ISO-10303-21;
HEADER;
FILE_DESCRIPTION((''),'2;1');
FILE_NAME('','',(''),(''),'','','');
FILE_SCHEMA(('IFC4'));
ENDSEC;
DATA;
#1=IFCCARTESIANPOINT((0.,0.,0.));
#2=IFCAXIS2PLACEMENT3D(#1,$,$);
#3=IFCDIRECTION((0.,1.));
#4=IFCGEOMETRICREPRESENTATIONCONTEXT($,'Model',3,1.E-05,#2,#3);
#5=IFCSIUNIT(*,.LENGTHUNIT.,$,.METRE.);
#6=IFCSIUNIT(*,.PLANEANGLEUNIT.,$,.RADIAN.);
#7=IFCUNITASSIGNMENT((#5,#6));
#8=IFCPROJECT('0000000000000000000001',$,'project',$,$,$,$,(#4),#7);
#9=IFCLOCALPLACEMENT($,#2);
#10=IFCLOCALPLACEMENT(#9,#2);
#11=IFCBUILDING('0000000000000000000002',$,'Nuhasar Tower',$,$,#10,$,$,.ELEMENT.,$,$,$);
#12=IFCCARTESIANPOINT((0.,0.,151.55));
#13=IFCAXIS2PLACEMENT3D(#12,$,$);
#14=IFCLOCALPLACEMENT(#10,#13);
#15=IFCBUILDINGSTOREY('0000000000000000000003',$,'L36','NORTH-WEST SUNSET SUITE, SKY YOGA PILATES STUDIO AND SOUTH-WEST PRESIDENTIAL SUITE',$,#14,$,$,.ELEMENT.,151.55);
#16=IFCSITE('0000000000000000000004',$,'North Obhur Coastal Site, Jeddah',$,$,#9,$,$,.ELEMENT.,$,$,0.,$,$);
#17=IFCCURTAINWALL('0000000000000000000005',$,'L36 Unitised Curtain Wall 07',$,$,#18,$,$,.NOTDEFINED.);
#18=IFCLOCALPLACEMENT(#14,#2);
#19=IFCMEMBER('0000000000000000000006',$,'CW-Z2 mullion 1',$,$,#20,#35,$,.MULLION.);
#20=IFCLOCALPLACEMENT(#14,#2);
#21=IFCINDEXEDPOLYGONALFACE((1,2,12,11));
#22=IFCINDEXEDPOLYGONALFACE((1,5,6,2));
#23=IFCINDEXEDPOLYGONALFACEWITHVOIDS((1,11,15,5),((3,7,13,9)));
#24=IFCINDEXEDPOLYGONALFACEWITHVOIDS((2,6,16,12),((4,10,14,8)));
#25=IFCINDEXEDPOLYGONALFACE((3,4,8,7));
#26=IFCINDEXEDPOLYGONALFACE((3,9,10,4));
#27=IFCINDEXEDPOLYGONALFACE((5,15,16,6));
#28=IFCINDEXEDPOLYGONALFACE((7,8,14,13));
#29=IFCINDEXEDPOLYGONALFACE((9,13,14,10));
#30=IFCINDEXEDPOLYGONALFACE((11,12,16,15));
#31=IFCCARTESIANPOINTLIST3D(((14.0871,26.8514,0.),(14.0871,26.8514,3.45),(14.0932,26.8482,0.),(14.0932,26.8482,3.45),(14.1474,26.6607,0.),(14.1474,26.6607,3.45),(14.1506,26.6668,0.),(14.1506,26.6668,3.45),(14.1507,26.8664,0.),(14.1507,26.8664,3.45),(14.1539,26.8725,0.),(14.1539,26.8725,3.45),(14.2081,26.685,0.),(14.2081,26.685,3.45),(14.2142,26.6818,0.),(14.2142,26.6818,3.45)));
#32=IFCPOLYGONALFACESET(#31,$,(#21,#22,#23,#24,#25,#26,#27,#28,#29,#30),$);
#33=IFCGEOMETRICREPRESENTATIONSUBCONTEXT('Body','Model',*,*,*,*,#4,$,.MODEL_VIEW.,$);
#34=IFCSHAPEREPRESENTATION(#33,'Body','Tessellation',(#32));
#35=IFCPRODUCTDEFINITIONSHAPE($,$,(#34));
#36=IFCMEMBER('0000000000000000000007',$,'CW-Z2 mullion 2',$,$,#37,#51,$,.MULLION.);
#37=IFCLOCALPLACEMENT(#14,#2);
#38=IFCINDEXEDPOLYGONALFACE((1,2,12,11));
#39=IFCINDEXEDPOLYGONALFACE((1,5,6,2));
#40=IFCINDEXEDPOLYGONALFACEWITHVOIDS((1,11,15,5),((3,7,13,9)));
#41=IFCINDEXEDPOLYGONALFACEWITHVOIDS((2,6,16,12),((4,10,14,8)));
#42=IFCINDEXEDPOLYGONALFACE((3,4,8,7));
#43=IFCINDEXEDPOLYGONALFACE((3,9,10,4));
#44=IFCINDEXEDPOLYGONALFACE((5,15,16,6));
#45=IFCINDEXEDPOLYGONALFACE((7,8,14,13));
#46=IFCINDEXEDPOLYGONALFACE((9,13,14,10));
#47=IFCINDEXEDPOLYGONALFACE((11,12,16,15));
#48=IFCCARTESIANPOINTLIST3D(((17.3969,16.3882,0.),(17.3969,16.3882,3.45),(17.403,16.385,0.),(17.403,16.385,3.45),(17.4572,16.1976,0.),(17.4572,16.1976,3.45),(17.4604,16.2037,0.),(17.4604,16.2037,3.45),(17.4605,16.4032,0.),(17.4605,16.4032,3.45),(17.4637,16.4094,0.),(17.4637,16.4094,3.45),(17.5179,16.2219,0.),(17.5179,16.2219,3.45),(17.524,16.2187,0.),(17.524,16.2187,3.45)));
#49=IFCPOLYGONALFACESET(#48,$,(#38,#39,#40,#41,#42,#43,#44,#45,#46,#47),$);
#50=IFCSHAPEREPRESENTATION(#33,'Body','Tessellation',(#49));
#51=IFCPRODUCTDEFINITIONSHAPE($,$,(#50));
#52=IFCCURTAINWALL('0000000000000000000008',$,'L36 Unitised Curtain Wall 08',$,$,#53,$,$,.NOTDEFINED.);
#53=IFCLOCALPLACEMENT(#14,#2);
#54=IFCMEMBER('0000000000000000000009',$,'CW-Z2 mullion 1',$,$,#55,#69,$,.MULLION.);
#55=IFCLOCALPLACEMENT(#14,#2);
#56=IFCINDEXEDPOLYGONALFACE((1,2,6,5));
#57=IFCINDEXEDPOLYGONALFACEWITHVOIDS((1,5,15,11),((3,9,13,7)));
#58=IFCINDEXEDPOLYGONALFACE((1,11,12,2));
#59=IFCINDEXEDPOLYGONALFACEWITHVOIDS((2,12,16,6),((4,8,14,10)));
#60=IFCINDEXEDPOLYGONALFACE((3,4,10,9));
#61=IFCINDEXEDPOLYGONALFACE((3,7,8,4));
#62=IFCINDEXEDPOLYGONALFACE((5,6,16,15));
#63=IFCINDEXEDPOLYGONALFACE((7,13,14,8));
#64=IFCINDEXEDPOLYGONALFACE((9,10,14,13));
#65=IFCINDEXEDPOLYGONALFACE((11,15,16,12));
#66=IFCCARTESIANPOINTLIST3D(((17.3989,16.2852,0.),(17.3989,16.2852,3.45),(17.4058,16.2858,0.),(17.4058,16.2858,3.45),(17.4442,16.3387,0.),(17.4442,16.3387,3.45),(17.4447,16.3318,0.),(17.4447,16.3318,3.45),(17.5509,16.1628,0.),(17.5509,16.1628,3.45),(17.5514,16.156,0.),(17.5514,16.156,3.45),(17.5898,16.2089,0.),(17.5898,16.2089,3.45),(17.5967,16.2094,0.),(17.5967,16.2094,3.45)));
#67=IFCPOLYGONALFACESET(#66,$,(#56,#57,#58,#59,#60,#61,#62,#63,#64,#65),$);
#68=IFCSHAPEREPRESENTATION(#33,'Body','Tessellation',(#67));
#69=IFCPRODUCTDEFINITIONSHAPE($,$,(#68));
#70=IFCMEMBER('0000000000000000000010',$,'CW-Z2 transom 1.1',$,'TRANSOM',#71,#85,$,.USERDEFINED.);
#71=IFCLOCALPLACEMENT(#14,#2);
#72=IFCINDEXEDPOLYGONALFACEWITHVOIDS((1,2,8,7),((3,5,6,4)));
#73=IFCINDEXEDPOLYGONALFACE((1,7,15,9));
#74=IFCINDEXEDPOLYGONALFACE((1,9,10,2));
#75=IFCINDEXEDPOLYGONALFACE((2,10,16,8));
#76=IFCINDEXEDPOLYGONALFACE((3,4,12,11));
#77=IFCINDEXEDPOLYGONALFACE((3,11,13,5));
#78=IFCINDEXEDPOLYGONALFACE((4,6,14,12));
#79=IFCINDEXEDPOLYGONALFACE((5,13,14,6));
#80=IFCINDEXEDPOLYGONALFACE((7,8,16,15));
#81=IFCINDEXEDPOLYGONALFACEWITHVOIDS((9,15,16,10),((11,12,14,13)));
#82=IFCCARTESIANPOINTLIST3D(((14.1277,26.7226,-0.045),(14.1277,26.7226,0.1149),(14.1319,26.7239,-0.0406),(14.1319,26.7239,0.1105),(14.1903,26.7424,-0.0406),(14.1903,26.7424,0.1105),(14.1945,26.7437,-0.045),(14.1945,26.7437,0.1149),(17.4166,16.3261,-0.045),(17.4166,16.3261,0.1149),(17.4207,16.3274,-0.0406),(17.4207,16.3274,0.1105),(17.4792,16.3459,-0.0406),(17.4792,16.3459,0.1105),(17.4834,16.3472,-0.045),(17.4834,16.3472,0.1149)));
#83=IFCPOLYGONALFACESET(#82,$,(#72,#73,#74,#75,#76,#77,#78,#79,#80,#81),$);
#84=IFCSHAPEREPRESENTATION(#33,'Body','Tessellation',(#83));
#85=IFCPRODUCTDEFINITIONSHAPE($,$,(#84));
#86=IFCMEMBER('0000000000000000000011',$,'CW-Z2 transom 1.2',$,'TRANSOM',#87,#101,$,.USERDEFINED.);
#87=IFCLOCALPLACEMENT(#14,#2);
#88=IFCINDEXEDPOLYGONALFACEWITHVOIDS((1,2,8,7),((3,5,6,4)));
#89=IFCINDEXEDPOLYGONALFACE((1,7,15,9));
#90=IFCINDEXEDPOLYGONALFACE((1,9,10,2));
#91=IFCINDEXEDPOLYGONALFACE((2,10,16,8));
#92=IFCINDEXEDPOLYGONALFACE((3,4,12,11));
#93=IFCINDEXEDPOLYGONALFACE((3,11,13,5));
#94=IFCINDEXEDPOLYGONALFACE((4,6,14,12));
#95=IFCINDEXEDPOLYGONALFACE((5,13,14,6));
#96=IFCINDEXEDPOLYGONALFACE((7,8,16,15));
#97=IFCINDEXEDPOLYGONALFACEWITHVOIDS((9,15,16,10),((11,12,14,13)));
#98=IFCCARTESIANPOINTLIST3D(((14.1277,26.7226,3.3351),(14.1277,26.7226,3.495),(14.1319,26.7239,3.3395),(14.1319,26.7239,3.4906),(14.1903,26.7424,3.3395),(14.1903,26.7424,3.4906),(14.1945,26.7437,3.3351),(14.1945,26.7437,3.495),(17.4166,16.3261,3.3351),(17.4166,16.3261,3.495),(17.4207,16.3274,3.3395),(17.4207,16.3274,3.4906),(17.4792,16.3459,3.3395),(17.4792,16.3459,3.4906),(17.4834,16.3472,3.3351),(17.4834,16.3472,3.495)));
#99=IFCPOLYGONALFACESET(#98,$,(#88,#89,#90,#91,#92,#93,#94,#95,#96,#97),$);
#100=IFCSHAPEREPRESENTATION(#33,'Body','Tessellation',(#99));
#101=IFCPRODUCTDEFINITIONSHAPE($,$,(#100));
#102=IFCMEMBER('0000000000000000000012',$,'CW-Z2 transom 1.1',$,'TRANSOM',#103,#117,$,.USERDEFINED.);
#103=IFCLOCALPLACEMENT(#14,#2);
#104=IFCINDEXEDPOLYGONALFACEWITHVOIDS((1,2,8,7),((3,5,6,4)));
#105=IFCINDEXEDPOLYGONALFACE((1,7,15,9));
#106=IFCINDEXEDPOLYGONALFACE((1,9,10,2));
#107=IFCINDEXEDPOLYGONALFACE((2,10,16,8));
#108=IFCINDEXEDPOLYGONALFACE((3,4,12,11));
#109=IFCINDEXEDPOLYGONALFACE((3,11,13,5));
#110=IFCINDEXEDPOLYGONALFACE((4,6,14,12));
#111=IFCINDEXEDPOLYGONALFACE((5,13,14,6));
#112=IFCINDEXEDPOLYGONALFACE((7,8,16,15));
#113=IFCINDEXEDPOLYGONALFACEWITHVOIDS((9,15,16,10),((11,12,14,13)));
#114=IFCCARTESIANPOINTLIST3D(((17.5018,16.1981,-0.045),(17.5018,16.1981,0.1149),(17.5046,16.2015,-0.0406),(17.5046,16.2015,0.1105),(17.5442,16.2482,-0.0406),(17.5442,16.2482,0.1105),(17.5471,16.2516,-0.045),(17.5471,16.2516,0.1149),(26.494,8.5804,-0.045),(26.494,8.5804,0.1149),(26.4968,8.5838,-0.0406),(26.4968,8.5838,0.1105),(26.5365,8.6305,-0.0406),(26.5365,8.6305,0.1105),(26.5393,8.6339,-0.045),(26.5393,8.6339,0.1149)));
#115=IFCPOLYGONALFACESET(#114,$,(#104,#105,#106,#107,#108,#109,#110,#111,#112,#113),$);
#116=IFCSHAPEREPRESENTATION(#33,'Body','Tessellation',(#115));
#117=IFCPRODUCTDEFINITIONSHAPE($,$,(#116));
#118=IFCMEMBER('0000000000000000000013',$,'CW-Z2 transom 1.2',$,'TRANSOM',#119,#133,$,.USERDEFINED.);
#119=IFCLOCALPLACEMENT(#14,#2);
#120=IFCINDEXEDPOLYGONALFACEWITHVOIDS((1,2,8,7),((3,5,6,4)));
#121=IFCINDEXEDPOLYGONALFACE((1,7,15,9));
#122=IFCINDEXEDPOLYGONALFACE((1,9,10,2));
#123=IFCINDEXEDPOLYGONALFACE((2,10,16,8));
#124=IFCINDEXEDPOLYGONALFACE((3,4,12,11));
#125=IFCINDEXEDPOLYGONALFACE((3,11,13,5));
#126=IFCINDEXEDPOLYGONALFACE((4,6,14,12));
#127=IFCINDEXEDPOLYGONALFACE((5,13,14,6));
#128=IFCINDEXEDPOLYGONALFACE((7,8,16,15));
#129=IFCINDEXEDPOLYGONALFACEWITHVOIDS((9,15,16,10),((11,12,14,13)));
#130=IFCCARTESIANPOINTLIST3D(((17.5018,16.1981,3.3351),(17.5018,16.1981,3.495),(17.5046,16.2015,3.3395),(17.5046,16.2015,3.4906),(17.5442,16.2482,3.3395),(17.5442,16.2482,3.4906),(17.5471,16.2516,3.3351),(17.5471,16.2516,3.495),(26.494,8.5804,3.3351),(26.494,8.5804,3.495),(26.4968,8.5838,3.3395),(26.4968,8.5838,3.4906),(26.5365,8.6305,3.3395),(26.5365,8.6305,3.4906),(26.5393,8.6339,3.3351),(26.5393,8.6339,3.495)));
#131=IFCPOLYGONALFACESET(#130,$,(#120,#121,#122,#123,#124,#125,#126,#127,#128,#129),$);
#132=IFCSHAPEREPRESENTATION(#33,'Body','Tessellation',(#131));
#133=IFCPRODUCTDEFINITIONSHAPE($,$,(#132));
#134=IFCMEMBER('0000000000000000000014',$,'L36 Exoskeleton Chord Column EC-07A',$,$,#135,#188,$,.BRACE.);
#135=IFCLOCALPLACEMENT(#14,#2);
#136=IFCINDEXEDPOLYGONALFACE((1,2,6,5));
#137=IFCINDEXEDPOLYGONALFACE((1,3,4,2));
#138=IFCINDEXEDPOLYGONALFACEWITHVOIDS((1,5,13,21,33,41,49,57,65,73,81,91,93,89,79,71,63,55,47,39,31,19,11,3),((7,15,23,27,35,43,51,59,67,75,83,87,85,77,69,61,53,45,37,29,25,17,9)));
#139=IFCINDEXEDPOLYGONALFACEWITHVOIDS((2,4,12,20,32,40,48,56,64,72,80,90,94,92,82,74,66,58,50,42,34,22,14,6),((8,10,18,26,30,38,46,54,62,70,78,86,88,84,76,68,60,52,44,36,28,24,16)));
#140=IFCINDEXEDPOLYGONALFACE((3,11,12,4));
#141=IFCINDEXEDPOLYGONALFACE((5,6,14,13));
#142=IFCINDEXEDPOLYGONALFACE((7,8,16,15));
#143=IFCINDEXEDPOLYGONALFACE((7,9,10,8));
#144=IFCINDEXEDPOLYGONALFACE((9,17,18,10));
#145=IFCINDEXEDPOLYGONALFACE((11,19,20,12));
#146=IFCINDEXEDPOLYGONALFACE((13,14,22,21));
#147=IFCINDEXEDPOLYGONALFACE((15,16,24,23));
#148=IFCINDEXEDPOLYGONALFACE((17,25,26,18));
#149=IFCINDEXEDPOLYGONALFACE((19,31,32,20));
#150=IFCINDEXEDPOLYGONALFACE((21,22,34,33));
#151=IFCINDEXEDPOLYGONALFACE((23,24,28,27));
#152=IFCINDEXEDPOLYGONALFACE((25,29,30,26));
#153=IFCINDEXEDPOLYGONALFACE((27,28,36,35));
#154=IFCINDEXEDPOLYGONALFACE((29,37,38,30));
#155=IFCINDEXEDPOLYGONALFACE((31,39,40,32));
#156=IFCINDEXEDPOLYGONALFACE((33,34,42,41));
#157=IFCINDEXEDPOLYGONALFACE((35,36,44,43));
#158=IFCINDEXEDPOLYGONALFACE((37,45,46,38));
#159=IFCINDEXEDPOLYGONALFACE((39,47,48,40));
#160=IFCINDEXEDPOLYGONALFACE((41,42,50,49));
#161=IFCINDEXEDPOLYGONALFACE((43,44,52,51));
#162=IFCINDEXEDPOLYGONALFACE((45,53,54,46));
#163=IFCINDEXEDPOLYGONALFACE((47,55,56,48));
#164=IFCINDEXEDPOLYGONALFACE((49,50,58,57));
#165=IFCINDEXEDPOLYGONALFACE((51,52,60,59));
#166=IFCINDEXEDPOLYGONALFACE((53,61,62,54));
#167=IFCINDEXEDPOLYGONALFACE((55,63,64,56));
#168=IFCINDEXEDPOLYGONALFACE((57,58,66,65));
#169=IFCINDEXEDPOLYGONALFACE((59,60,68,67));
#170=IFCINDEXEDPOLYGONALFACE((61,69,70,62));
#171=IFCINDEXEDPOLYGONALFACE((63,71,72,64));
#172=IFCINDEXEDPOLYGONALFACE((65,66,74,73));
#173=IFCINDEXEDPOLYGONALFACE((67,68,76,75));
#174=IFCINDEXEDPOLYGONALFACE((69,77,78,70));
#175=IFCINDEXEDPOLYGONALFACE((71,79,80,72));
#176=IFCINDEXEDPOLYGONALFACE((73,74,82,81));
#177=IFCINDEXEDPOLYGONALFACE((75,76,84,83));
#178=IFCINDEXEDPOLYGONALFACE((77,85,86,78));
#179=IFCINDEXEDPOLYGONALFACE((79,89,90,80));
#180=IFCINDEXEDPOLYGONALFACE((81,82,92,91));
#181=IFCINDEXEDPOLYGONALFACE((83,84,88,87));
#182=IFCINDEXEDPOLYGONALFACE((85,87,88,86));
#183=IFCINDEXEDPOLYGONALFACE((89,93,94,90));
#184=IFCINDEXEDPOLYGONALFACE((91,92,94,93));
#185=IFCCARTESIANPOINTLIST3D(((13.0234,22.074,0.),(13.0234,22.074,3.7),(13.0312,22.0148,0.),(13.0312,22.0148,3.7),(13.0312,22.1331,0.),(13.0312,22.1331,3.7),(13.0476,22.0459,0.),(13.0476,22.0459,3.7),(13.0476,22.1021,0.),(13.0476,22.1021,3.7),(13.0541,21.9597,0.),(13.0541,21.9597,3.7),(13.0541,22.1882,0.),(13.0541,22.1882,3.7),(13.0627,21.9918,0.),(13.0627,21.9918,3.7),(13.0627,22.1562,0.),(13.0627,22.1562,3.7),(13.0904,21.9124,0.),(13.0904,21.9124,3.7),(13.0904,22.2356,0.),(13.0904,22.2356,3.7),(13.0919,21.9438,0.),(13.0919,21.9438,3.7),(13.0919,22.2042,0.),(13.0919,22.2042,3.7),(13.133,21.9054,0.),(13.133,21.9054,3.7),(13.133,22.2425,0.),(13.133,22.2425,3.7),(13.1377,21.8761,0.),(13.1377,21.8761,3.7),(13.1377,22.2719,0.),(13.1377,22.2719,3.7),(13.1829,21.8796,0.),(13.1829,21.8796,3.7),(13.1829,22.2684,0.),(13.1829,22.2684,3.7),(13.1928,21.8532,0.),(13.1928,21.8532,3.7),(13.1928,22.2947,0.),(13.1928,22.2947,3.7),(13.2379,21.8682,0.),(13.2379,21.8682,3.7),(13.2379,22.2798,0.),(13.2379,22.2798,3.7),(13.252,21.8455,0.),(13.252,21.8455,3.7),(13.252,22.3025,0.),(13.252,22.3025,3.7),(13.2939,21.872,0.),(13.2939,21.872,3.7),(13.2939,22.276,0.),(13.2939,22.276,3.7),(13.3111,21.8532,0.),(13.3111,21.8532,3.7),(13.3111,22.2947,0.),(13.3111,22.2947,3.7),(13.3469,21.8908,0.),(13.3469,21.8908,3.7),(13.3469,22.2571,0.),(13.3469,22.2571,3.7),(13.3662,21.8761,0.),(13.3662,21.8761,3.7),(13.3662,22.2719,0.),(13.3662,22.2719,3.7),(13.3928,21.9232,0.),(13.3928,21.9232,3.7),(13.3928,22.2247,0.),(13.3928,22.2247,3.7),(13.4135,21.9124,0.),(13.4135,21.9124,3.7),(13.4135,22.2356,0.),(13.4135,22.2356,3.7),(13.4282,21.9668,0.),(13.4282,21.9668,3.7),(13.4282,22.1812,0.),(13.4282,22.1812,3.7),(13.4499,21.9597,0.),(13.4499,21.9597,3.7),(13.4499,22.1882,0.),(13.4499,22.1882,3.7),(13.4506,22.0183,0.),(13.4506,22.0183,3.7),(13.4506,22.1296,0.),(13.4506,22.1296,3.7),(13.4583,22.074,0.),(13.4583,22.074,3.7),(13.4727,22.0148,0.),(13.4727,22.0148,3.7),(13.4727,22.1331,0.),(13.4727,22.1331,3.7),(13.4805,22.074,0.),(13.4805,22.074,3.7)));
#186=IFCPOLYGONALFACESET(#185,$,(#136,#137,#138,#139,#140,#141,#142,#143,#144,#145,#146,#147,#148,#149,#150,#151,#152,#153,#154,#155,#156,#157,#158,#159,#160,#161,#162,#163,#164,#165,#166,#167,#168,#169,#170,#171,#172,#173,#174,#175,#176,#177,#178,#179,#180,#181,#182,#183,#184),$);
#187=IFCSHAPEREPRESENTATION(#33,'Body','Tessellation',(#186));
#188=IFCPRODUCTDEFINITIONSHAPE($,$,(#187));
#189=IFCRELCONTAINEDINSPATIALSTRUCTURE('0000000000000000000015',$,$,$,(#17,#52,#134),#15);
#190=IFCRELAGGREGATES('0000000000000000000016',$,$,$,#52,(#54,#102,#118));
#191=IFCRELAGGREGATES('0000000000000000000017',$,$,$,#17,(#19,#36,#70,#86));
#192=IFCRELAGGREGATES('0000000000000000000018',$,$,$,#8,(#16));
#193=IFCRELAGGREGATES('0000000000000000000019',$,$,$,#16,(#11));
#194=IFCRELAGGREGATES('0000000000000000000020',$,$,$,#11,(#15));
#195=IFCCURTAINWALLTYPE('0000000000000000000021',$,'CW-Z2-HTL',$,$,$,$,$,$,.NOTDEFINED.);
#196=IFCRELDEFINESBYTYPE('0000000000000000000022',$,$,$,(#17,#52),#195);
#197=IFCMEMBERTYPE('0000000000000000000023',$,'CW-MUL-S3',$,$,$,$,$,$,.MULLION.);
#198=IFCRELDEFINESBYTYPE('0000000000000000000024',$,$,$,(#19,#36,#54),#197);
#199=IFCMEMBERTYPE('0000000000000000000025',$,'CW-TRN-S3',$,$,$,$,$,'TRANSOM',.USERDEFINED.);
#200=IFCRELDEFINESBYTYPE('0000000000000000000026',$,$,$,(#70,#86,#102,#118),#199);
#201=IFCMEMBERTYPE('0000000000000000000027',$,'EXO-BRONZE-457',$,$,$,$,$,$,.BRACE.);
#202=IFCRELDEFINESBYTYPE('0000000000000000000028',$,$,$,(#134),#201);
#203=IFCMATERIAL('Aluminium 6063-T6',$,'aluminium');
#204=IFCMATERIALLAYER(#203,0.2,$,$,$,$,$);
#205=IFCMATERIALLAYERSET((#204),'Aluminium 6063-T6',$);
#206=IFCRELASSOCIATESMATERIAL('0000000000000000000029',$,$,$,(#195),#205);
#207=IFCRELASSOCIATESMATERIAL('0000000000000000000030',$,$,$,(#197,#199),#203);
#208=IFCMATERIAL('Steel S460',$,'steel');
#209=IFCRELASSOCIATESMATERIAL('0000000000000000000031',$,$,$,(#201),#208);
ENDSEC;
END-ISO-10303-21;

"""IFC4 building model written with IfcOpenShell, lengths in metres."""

from ifc_helpers import new_model, si_unit, direction, frame, origin, origin_2d, place, context, subcontext, project, spatial, hollow_rectangle, hollow_circle, extrude, material, layer, layer_set, material_profile, profile_set, type_object, element, aggregate, save


model = new_model("IFC4")

# Units and contexts
model_context = context("Model", 3, precision=1e-05, world=origin(), true_north=direction((0.0, 1.0)))
body_context = subcontext(model_context, "Body", "Model", "MODEL_VIEW")
ifc_project = project(units=[si_unit("LENGTHUNIT", "METRE"), si_unit("PLANEANGLEUNIT", "RADIAN")], contexts=[model_context])

# Site, building, storey
site_placement = place(None, origin())
site = spatial("IfcSite", under=ifc_project, at=site_placement, Name="North Obhur Coastal Site, Jeddah", CompositionType="ELEMENT", RefElevation=0.0)
building_placement = place(site_placement, origin())
building = spatial("IfcBuilding", under=site, at=building_placement, Name="Nuhasar Tower", CompositionType="ELEMENT")
storey_placement = place(building_placement, frame((0.0, 0.0, 151.55)))
storey = spatial("IfcBuildingStorey", under=building, at=storey_placement, Name="L36", Description="NORTH-WEST SUNSET SUITE, SKY YOGA PILATES STUDIO AND SOUTH-WEST PRESIDENTIAL SUITE", CompositionType="ELEMENT", Elevation=151.55)

# Curtain wall, members
ifc_material_1 = material(Name="Aluminium 6063-T6", Category="aluminium")
ifc_layer_1 = layer(ifc_material_1, 0.2)
ifc_layer_set_1 = layer_set([ifc_layer_1], Name="Aluminium 6063-T6")
curtain_wall_type = type_object("IfcCurtainWallType", Name="CW-Z2-HTL", PredefinedType="NOTDEFINED", material=ifc_layer_set_1)
curtain_wall_1_placement = place(storey_placement, origin())
curtain_wall_1 = element("IfcCurtainWall", 1, at=curtain_wall_1_placement, inside=storey, type_object=curtain_wall_type, Name="L36 Unitised Curtain Wall 07", PredefinedType="NOTDEFINED")
ifc_material_profile_1 = material_profile(ifc_material_1, hollow_rectangle(XDim=0.0701, YDim=0.2, WallThickness=0.0049, at=origin_2d()), Name="CWM-3")
ifc_profile_set_1 = profile_set([ifc_material_profile_1], Name="Aluminium 6063-T6")
member_type_1 = type_object("IfcMemberType", Name="CW-MUL-S3", PredefinedType="MULLION", material=ifc_profile_set_1)
member_1_placement = place(storey_placement, frame((14.1506, 26.7666, 0.0), z_axis=(0.0, 0.0, 1.0), x_axis=(0.953433, 0.301604, 0.0)))
member_1 = element("IfcMember", 2, at=member_1_placement, type_object=member_type_1, Name="CW-Z2 mullion 1", PredefinedType="MULLION", context=body_context, shape_type="SweptSolid", body=[
    extrude(hollow_rectangle(XDim=0.0701, YDim=0.2, WallThickness=0.0049, at=origin_2d()), origin(), (0.0, 0.0, 1.0), 3.45),
])
member_2_placement = place(storey_placement, frame((17.4604, 16.3035, 0.0), z_axis=(0.0, 0.0, 1.0), x_axis=(0.953433, 0.301604, 0.0)))
member_2 = element("IfcMember", 3, at=member_2_placement, type_object=member_type_1, Name="CW-Z2 mullion 2", PredefinedType="MULLION", context=body_context, shape_type="SweptSolid", body=[
    extrude(hollow_rectangle(XDim=0.0701, YDim=0.2, WallThickness=0.0049, at=origin_2d()), origin(), (0.0, 0.0, 1.0), 3.45),
])

# Curtain wall, member
curtain_wall_2_placement = place(storey_placement, origin())
curtain_wall_2 = element("IfcCurtainWall", 4, at=curtain_wall_2_placement, inside=storey, type_object=curtain_wall_type, Name="L36 Unitised Curtain Wall 08", PredefinedType="NOTDEFINED")
member_3_placement = place(storey_placement, frame((17.4978, 16.2473, 0.0), z_axis=(0.0, 0.0, 1.0), x_axis=(0.646374, 0.76302, 0.0)))
member_3 = element("IfcMember", 5, at=member_3_placement, type_object=member_type_1, Name="CW-Z2 mullion 1", PredefinedType="MULLION", context=body_context, shape_type="SweptSolid", body=[
    extrude(hollow_rectangle(XDim=0.0701, YDim=0.2, WallThickness=0.0049, at=origin_2d()), origin(), (0.0, 0.0, 1.0), 3.45),
])

# Members
ifc_material_profile_2 = material_profile(ifc_material_1, hollow_rectangle(XDim=0.0701, YDim=0.1599, WallThickness=0.0044, at=origin_2d()), Name="CWT-3")
ifc_profile_set_2 = profile_set([ifc_material_profile_2], Name="Aluminium 6063-T6")
member_type_2 = type_object("IfcMemberType", Name="CW-TRN-S3", ElementType="TRANSOM", PredefinedType="USERDEFINED", material=ifc_profile_set_2)
member_4_placement = place(storey_placement, frame((14.1611, 26.7332, 0.0349), z_axis=(0.301608, -0.953432, 0.0), x_axis=(0.953432, 0.301608, 0.0)))
member_4 = element("IfcMember", 6, at=member_4_placement, type_object=member_type_2, Name="CW-Z2 transom 1.1", ObjectType="TRANSOM", PredefinedType="USERDEFINED", context=body_context, shape_type="SweptSolid", body=[
    extrude(hollow_rectangle(XDim=0.0701, YDim=0.1599, WallThickness=0.0044, at=origin_2d()), origin(), (0.0, 0.0, 1.0), 10.9043),
])
member_5_placement = place(storey_placement, frame((14.1611, 26.7332, 3.415), z_axis=(0.301608, -0.953432, 0.0), x_axis=(0.953432, 0.301608, 0.0)))
member_5 = element("IfcMember", 7, at=member_5_placement, type_object=member_type_2, Name="CW-Z2 transom 1.2", ObjectType="TRANSOM", PredefinedType="USERDEFINED", context=body_context, shape_type="SweptSolid", body=[
    extrude(hollow_rectangle(XDim=0.0701, YDim=0.1599, WallThickness=0.0044, at=origin_2d()), origin(), (0.0, 0.0, 1.0), 10.9043),
])
member_6_placement = place(storey_placement, frame((17.5244, 16.2249, 0.0349), z_axis=(0.763014, -0.646382, 0.0), x_axis=(0.646382, 0.763014, 0.0)))
member_6 = element("IfcMember", 8, at=member_6_placement, type_object=member_type_2, Name="CW-Z2 transom 1.1", ObjectType="TRANSOM", PredefinedType="USERDEFINED", context=body_context, shape_type="SweptSolid", body=[
    extrude(hollow_rectangle(XDim=0.0701, YDim=0.1599, WallThickness=0.0044, at=origin_2d()), origin(), (0.0, 0.0, 1.0), 11.7852),
])
member_7_placement = place(storey_placement, frame((17.5244, 16.2249, 3.415), z_axis=(0.763014, -0.646382, 0.0), x_axis=(0.646382, 0.763014, 0.0)))
member_7 = element("IfcMember", 9, at=member_7_placement, type_object=member_type_2, Name="CW-Z2 transom 1.2", ObjectType="TRANSOM", PredefinedType="USERDEFINED", context=body_context, shape_type="SweptSolid", body=[
    extrude(hollow_rectangle(XDim=0.0701, YDim=0.1599, WallThickness=0.0044, at=origin_2d()), origin(), (0.0, 0.0, 1.0), 11.7852),
])
aggregate(curtain_wall_2, [member_3, member_6, member_7])

# Member
ifc_material_2 = material(Name="Steel S460", Category="steel")
ifc_material_profile_3 = material_profile(ifc_material_2, hollow_circle(Radius=0.2285, WallThickness=0.0222, at=origin_2d()), Name="HSS457X22.2")
ifc_profile_set_3 = profile_set([ifc_material_profile_3], Name="Steel S460")
member_type_3 = type_object("IfcMemberType", Name="EXO-BRONZE-457", PredefinedType="BRACE", material=ifc_profile_set_3)
for number, where, z_axis, x_axis, name in (
    (10, (13.252, 22.074, 0.0), (0.0, 0.0, 1.0), (1.0, 0.0, 0.0), "L36 Exoskeleton Chord Column EC-07A"),
):
    element("IfcMember", number, at=place(storey_placement, frame(where, z_axis=z_axis, x_axis=x_axis)), inside=storey, type_object=member_type_3, Name=name, PredefinedType="BRACE", context=body_context, shape_type="SweptSolid", body=[
        extrude(hollow_circle(Radius=0.2285, WallThickness=0.0222, at=origin_2d()), origin(), (0.0, 0.0, 1.0), 3.7),
    ])

aggregate(curtain_wall_1, [member_1, member_2, member_4, member_5])

save(model, "model.ifc")
